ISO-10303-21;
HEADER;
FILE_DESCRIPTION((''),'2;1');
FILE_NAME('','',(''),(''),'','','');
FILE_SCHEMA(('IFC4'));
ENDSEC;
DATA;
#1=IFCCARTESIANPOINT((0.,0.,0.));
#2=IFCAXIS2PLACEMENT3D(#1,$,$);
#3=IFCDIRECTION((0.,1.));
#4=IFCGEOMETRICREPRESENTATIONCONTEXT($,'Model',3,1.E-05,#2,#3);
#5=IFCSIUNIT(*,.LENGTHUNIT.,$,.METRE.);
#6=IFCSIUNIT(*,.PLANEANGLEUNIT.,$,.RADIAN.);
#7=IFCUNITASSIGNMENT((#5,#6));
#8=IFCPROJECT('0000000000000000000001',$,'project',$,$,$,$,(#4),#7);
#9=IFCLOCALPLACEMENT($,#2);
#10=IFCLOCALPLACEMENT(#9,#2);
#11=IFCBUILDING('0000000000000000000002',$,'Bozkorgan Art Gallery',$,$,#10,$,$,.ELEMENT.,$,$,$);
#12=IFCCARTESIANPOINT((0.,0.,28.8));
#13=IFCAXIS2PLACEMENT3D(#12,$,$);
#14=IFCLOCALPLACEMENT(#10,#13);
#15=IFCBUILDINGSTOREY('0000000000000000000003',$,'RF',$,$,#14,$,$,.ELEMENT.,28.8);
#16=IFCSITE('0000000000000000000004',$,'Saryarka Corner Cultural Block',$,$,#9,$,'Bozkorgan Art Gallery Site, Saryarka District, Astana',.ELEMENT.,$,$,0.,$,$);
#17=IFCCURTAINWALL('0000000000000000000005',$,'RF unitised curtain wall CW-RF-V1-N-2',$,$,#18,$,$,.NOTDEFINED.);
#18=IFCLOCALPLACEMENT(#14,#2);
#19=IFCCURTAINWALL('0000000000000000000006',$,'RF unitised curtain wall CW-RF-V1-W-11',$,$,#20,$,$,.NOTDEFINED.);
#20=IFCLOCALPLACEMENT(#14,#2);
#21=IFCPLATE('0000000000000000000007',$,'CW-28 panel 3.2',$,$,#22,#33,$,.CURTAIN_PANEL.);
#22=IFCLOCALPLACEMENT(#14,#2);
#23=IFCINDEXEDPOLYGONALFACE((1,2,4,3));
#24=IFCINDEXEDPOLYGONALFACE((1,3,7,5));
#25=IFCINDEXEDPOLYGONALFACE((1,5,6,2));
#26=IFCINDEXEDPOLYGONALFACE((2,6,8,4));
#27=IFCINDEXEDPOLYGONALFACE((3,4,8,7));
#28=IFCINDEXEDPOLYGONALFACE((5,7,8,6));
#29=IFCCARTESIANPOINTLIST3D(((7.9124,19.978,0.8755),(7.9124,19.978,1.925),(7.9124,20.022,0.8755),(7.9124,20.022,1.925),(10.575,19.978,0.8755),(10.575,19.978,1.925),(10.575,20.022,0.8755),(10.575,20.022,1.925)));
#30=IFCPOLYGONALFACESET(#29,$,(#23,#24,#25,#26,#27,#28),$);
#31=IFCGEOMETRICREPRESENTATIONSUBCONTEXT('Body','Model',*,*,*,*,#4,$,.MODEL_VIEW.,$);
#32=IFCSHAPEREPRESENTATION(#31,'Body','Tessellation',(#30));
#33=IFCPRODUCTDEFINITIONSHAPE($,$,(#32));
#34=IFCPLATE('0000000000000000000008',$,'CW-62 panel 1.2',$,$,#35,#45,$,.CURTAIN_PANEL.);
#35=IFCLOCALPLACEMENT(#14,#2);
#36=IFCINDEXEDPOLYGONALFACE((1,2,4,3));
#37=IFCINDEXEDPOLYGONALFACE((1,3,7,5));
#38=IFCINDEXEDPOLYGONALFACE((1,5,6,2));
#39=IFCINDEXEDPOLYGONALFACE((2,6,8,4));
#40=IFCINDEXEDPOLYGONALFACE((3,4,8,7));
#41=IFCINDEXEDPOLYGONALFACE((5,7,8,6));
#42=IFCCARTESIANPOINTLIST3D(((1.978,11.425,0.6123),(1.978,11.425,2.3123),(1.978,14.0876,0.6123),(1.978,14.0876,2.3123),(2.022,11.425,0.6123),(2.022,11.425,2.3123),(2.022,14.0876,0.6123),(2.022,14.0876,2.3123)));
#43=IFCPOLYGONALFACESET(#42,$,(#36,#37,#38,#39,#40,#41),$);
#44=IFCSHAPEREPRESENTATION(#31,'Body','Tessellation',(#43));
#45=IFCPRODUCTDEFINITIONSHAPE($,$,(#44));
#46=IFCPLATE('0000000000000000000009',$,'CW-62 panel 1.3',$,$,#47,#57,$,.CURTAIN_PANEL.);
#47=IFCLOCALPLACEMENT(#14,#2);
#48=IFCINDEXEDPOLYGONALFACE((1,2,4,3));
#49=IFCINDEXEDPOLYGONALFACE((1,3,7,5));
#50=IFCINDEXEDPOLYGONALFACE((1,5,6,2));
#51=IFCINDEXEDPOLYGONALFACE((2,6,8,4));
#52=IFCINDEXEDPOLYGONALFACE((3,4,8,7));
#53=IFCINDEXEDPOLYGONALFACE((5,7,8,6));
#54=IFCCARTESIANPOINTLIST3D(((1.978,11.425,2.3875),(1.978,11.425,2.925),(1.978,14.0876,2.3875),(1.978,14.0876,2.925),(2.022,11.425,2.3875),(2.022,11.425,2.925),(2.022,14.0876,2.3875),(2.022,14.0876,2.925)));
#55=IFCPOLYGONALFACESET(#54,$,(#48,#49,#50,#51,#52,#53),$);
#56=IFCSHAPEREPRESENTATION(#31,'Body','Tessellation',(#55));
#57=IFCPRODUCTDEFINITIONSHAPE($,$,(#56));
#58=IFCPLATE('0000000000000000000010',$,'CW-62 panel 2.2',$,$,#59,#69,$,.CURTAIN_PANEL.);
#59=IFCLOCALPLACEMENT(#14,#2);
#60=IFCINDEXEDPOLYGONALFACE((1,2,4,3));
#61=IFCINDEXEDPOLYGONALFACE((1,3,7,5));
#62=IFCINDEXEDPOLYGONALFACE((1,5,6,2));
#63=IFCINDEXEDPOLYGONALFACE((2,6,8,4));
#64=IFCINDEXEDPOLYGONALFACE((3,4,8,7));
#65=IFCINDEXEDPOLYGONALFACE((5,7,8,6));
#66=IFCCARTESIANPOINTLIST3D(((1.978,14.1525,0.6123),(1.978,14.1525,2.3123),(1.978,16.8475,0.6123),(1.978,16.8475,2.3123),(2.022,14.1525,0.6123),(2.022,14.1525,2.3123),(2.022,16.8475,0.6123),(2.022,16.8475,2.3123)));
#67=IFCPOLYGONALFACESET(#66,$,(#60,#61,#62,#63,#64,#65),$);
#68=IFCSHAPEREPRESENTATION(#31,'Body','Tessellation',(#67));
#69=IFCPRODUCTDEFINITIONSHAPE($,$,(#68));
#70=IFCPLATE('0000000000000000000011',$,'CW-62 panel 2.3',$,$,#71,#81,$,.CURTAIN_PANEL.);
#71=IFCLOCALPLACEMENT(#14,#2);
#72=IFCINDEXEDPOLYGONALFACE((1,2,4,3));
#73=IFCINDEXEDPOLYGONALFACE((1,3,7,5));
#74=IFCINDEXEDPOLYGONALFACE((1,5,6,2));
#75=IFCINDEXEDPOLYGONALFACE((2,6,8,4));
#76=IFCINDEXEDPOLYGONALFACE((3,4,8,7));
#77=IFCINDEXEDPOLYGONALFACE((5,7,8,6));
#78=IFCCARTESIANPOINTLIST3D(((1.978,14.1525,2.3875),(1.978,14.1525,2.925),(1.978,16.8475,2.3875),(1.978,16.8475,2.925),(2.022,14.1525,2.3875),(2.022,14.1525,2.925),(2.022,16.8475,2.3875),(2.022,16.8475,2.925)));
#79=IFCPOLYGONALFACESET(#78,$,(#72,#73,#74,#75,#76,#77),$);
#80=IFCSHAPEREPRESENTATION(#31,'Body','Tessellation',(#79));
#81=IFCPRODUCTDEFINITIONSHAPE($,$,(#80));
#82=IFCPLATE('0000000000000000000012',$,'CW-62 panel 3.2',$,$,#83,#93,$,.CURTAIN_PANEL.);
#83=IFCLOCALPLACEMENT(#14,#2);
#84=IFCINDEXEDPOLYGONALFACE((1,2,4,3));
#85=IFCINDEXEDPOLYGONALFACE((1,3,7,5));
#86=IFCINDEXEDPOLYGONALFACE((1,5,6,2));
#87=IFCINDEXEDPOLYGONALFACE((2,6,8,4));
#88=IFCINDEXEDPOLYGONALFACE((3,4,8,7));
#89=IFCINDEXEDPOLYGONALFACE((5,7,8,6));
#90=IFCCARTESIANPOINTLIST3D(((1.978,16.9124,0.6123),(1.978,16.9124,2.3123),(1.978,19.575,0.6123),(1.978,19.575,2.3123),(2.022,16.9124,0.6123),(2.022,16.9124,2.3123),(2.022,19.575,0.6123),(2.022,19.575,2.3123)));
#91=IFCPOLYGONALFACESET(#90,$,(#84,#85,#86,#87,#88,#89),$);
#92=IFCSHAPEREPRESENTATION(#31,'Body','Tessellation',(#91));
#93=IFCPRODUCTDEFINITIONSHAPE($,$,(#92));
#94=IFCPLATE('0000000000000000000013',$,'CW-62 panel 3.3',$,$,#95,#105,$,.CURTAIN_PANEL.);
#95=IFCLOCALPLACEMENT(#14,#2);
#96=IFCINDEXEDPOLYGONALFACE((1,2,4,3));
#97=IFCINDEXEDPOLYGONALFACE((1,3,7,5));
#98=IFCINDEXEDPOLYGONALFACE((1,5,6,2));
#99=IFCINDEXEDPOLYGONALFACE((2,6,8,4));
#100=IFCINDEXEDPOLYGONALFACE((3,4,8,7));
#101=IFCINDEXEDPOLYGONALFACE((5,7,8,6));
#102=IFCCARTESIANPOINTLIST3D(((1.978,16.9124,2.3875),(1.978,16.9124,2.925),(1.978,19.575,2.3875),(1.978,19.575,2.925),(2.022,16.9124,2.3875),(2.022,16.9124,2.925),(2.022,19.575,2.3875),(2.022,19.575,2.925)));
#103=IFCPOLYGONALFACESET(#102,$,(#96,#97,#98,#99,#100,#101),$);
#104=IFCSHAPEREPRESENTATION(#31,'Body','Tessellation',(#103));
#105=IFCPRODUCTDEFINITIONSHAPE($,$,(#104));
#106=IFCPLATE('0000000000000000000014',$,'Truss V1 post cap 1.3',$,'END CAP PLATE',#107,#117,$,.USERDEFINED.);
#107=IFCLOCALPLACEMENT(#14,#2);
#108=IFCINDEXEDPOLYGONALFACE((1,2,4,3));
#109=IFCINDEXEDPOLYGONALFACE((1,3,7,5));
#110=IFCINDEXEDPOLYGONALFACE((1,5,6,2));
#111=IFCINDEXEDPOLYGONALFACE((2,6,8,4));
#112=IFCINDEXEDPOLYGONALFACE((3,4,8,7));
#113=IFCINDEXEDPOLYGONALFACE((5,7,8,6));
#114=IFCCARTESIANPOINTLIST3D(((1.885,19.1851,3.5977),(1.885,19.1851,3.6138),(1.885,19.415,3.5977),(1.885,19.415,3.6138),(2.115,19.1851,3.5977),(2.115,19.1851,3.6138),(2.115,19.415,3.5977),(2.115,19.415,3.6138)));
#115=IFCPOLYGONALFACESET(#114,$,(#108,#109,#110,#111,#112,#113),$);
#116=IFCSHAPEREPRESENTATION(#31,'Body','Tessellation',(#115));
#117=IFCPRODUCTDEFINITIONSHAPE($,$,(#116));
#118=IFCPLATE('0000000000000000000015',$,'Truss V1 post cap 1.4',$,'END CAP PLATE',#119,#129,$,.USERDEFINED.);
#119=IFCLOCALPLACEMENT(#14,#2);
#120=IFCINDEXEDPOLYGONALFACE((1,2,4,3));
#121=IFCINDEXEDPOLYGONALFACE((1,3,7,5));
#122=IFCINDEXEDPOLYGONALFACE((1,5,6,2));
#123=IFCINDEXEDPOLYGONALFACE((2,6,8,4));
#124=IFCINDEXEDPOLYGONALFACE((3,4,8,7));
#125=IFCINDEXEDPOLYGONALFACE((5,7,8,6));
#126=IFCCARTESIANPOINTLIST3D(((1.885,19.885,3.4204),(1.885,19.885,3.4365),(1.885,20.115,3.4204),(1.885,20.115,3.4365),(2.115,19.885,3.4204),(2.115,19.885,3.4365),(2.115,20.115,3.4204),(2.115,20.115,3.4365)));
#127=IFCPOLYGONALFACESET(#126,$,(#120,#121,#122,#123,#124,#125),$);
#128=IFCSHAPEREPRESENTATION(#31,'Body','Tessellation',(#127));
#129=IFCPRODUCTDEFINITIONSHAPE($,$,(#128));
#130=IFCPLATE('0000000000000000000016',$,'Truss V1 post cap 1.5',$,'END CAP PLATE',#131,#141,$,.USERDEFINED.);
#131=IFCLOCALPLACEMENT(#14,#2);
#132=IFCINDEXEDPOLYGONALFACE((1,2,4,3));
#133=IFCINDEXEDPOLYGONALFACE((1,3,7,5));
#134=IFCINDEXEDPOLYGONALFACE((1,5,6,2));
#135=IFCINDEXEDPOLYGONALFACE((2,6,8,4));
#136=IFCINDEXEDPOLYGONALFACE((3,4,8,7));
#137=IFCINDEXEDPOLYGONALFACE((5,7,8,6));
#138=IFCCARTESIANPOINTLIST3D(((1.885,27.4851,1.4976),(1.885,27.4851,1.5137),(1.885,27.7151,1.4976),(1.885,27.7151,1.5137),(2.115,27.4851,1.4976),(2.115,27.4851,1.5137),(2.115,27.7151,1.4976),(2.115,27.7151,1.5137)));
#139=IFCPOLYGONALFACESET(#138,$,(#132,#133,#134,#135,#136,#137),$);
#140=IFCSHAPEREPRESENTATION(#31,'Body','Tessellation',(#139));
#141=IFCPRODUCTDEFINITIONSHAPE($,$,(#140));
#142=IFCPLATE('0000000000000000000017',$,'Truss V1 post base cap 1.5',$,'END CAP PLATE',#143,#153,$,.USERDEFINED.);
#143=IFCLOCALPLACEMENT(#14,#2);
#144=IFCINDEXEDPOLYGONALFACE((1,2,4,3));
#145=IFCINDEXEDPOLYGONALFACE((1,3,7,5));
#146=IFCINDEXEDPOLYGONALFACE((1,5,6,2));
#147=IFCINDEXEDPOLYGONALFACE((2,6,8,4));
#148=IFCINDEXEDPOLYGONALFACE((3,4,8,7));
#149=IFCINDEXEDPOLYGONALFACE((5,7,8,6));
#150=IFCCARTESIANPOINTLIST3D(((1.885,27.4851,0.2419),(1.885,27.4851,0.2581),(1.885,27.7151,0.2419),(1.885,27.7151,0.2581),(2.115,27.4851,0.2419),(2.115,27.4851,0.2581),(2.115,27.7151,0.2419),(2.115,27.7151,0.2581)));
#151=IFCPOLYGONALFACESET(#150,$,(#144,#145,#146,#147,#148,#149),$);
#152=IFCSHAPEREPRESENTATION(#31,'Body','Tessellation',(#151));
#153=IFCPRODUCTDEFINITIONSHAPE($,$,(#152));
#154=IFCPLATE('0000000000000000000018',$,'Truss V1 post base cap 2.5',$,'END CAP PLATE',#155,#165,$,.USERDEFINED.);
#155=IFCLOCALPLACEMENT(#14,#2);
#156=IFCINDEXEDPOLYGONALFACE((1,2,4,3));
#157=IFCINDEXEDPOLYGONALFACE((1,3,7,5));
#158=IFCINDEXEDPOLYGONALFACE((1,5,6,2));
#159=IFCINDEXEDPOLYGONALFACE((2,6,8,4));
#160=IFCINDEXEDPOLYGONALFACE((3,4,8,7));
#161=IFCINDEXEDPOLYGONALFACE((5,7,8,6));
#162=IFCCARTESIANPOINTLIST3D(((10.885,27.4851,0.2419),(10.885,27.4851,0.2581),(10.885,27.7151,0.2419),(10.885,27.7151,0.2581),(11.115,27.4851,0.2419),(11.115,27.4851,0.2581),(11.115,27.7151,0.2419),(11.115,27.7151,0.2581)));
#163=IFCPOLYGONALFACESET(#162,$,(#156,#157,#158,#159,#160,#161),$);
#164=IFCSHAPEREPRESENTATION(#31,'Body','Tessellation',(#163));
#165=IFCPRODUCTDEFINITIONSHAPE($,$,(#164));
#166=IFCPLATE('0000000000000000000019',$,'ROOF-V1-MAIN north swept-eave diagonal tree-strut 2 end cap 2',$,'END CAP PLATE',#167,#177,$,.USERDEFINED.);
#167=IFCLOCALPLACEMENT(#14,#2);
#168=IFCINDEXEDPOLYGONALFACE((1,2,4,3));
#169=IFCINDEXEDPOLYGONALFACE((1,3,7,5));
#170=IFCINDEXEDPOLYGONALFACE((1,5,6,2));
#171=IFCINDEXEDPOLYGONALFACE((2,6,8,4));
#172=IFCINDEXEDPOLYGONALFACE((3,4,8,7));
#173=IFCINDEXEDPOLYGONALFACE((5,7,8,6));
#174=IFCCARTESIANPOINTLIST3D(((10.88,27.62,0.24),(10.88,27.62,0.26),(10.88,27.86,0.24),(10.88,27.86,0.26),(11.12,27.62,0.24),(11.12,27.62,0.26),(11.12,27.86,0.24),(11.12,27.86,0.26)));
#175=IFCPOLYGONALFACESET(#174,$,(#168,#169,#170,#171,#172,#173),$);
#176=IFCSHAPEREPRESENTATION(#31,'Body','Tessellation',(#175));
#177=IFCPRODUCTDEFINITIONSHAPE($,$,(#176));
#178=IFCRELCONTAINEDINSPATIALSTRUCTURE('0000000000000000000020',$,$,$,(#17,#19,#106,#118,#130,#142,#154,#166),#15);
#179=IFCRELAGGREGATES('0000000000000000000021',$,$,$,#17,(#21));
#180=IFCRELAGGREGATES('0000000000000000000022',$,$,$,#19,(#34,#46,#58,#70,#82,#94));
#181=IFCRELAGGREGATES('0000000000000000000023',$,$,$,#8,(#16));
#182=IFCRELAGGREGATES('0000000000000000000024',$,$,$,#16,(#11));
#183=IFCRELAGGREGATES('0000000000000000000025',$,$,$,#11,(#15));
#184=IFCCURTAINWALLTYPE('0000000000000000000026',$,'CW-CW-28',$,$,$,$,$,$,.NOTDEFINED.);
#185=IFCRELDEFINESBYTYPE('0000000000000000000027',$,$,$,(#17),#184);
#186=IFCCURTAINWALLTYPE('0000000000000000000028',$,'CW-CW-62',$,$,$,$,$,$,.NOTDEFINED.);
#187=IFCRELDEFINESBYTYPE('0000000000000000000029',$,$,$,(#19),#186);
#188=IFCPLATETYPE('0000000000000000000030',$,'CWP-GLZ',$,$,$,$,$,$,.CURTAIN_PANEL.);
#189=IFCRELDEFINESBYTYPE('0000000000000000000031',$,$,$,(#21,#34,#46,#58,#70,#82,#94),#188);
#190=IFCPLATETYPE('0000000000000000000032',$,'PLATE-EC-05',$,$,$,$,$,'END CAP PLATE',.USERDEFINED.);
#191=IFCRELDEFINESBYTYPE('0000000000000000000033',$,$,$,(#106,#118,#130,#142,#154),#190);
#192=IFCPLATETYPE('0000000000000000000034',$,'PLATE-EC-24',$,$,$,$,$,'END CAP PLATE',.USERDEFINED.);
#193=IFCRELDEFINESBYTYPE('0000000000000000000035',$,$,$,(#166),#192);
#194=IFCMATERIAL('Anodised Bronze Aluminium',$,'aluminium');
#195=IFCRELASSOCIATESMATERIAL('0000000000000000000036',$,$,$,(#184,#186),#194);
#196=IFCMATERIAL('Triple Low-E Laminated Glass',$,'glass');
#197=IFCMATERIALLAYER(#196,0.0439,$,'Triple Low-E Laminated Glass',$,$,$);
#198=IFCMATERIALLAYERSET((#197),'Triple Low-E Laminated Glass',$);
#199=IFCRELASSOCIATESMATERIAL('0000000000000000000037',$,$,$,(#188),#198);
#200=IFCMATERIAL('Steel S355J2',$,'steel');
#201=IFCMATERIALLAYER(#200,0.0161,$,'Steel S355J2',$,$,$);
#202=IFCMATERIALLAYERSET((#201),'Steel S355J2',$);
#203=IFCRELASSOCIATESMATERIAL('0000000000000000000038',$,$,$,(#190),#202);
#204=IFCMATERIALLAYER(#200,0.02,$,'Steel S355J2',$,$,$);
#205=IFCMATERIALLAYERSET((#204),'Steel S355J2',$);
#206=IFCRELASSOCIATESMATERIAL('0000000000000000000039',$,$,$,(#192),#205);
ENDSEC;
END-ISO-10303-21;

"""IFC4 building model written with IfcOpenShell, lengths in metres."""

from ifc_helpers import new_model, si_unit, direction, frame, origin, origin_2d, place, context, subcontext, project, spatial, rectangle, extrude, material, layer, layer_set, type_object, element, aggregate, save


model = new_model("IFC4")

# Units and contexts
model_context = context("Model", 3, precision=1e-05, world=origin(), true_north=direction((0.0, 1.0)))
body_context = subcontext(model_context, "Body", "Model", "MODEL_VIEW")
ifc_project = project(units=[si_unit("LENGTHUNIT", "METRE"), si_unit("PLANEANGLEUNIT", "RADIAN")], contexts=[model_context])

# Site, building, storey
site_placement = place(None, origin())
site = spatial("IfcSite", under=ifc_project, at=site_placement, Name="Saryarka Corner Cultural Block", LongName="Bozkorgan Art Gallery Site, Saryarka District, Astana", CompositionType="ELEMENT", RefElevation=0.0)
building_placement = place(site_placement, origin())
building = spatial("IfcBuilding", under=site, at=building_placement, Name="Bozkorgan Art Gallery", CompositionType="ELEMENT")
storey_placement = place(building_placement, frame((0.0, 0.0, 28.8)))
storey = spatial("IfcBuildingStorey", under=building, at=storey_placement, Name="RF", CompositionType="ELEMENT", Elevation=28.8)

# Curtain walls
ifc_material_1 = material(Name="Anodised Bronze Aluminium", Category="aluminium")
curtain_wall_type_1 = type_object("IfcCurtainWallType", Name="CW-CW-28", PredefinedType="NOTDEFINED", material=ifc_material_1)
curtain_wall_1_placement = place(storey_placement, origin())
curtain_wall_1 = element("IfcCurtainWall", 1, at=curtain_wall_1_placement, inside=storey, type_object=curtain_wall_type_1, Name="RF unitised curtain wall CW-RF-V1-N-2", PredefinedType="NOTDEFINED")
curtain_wall_type_2 = type_object("IfcCurtainWallType", Name="CW-CW-62", PredefinedType="NOTDEFINED", material=ifc_material_1)
curtain_wall_2_placement = place(storey_placement, origin())
curtain_wall_2 = element("IfcCurtainWall", 2, at=curtain_wall_2_placement, inside=storey, type_object=curtain_wall_type_2, Name="RF unitised curtain wall CW-RF-V1-W-11", PredefinedType="NOTDEFINED")

# Shared definitions
ifc_material_2 = material(Name="Steel S355J2", Category="steel")

# Plates
ifc_material_3 = material(Name="Triple Low-E Laminated Glass", Category="glass")
ifc_layer_1 = layer(ifc_material_3, 0.0439, Name="Triple Low-E Laminated Glass")
ifc_layer_set_1 = layer_set([ifc_layer_1], Name="Triple Low-E Laminated Glass")
plate_type_1 = type_object("IfcPlateType", Name="CWP-GLZ", PredefinedType="CURTAIN_PANEL", material=ifc_layer_set_1)
plate_1_placement = place(storey_placement, frame((9.2437, 20.0, 0.8755), z_axis=(0.0, 0.0, 1.0), x_axis=(1.0, 0.0, 0.0)))
plate_1 = element("IfcPlate", 3, at=plate_1_placement, type_object=plate_type_1, Name="CW-28 panel 3.2", PredefinedType="CURTAIN_PANEL", context=body_context, shape_type="SweptSolid", body=[
    extrude(rectangle(XDim=2.6626, YDim=0.0439, at=origin_2d()), origin(), (0.0, 0.0, 1.0), 1.0496),
])
aggregate(curtain_wall_1, [plate_1])
plate_2_placement = place(storey_placement, frame((2.0, 12.7563, 0.6123), z_axis=(0.0, 0.0, 1.0), x_axis=(0.0, 1.0, 0.0)))
plate_2 = element("IfcPlate", 4, at=plate_2_placement, type_object=plate_type_1, Name="CW-62 panel 1.2", PredefinedType="CURTAIN_PANEL", context=body_context, shape_type="SweptSolid", body=[
    extrude(rectangle(XDim=2.6626, YDim=0.0439, at=origin_2d()), origin(), (0.0, 0.0, 1.0), 1.7),
])
plate_3_placement = place(storey_placement, frame((2.0, 12.7563, 2.3875), z_axis=(0.0, 0.0, 1.0), x_axis=(0.0, 1.0, 0.0)))
plate_3 = element("IfcPlate", 5, at=plate_3_placement, type_object=plate_type_1, Name="CW-62 panel 1.3", PredefinedType="CURTAIN_PANEL", context=body_context, shape_type="SweptSolid", body=[
    extrude(rectangle(XDim=2.6626, YDim=0.0439, at=origin_2d()), origin(), (0.0, 0.0, 1.0), 0.5376),
])
plate_4_placement = place(storey_placement, frame((2.0, 15.5, 0.6123), z_axis=(0.0, 0.0, 1.0), x_axis=(0.0, 1.0, 0.0)))
plate_4 = element("IfcPlate", 6, at=plate_4_placement, type_object=plate_type_1, Name="CW-62 panel 2.2", PredefinedType="CURTAIN_PANEL", context=body_context, shape_type="SweptSolid", body=[
    extrude(rectangle(XDim=2.6951, YDim=0.0439, at=origin_2d()), origin(), (0.0, 0.0, 1.0), 1.7),
])
plate_5_placement = place(storey_placement, frame((2.0, 15.5, 2.3875), z_axis=(0.0, 0.0, 1.0), x_axis=(0.0, 1.0, 0.0)))
plate_5 = element("IfcPlate", 7, at=plate_5_placement, type_object=plate_type_1, Name="CW-62 panel 2.3", PredefinedType="CURTAIN_PANEL", context=body_context, shape_type="SweptSolid", body=[
    extrude(rectangle(XDim=2.6951, YDim=0.0439, at=origin_2d()), origin(), (0.0, 0.0, 1.0), 0.5376),
])
plate_6_placement = place(storey_placement, frame((2.0, 18.2437, 0.6123), z_axis=(0.0, 0.0, 1.0), x_axis=(0.0, 1.0, 0.0)))
plate_6 = element("IfcPlate", 8, at=plate_6_placement, type_object=plate_type_1, Name="CW-62 panel 3.2", PredefinedType="CURTAIN_PANEL", context=body_context, shape_type="SweptSolid", body=[
    extrude(rectangle(XDim=2.6626, YDim=0.0439, at=origin_2d()), origin(), (0.0, 0.0, 1.0), 1.7),
])
plate_7_placement = place(storey_placement, frame((2.0, 18.2437, 2.3875), z_axis=(0.0, 0.0, 1.0), x_axis=(0.0, 1.0, 0.0)))
plate_7 = element("IfcPlate", 9, at=plate_7_placement, type_object=plate_type_1, Name="CW-62 panel 3.3", PredefinedType="CURTAIN_PANEL", context=body_context, shape_type="SweptSolid", body=[
    extrude(rectangle(XDim=2.6626, YDim=0.0439, at=origin_2d()), origin(), (0.0, 0.0, 1.0), 0.5376),
])
aggregate(curtain_wall_2, [plate_2, plate_3, plate_4, plate_5, plate_6, plate_7])

# Plates
ifc_layer_2 = layer(ifc_material_2, 0.0161, Name="Steel S355J2")
ifc_layer_set_2 = layer_set([ifc_layer_2], Name="Steel S355J2")
plate_type_2 = type_object("IfcPlateType", Name="PLATE-EC-05", ElementType="END CAP PLATE", PredefinedType="USERDEFINED", material=ifc_layer_set_2)
for number, where, z_axis, x_axis, name in (
    (10, (2.0, 19.3, 3.5977), (0.0, 0.0, 1.0), (1.0, 0.0, 0.0), "Truss V1 post cap 1.3"),
    (11, (2.0, 20.0, 3.4204), (0.0, 0.0, 1.0), (1.0, 0.0, 0.0), "Truss V1 post cap 1.4"),
    (12, (2.0, 27.6001, 1.4976), (0.0, 0.0, 1.0), (1.0, 0.0, 0.0), "Truss V1 post cap 1.5"),
    (13, (2.0, 27.6001, 0.2419), (0.0, 0.0, 1.0), (1.0, 0.0, 0.0), "Truss V1 post base cap 1.5"),
    (14, (11.0, 27.6001, 0.2419), (0.0, 0.0, 1.0), (1.0, 0.0, 0.0), "Truss V1 post base cap 2.5"),
):
    element("IfcPlate", number, at=place(storey_placement, frame(where, z_axis=z_axis, x_axis=x_axis)), inside=storey, type_object=plate_type_2, Name=name, ObjectType="END CAP PLATE", PredefinedType="USERDEFINED", context=body_context, shape_type="SweptSolid", body=[
        extrude(rectangle(XDim=0.23, YDim=0.23, at=origin_2d()), origin(), (0.0, 0.0, 1.0), 0.0161),
    ])
ifc_layer_3 = layer(ifc_material_2, 0.02, Name="Steel S355J2")
ifc_layer_set_3 = layer_set([ifc_layer_3], Name="Steel S355J2")
plate_type_3 = type_object("IfcPlateType", Name="PLATE-EC-24", ElementType="END CAP PLATE", PredefinedType="USERDEFINED", material=ifc_layer_set_3)
plate_8_placement = place(storey_placement, frame((11.0, 27.74, 0.24), z_axis=(0.0, 0.0, 1.0), x_axis=(1.0, 0.0, 0.0)))
element("IfcPlate", 15, at=plate_8_placement, inside=storey, type_object=plate_type_3, Name="ROOF-V1-MAIN north swept-eave diagonal tree-strut 2 end cap 2", ObjectType="END CAP PLATE", PredefinedType="USERDEFINED", context=body_context, shape_type="SweptSolid", body=[
    extrude(rectangle(XDim=0.24, YDim=0.24, at=origin_2d()), origin(), (0.0, 0.0, 1.0), 0.02),
])

save(model, "model.ifc")
